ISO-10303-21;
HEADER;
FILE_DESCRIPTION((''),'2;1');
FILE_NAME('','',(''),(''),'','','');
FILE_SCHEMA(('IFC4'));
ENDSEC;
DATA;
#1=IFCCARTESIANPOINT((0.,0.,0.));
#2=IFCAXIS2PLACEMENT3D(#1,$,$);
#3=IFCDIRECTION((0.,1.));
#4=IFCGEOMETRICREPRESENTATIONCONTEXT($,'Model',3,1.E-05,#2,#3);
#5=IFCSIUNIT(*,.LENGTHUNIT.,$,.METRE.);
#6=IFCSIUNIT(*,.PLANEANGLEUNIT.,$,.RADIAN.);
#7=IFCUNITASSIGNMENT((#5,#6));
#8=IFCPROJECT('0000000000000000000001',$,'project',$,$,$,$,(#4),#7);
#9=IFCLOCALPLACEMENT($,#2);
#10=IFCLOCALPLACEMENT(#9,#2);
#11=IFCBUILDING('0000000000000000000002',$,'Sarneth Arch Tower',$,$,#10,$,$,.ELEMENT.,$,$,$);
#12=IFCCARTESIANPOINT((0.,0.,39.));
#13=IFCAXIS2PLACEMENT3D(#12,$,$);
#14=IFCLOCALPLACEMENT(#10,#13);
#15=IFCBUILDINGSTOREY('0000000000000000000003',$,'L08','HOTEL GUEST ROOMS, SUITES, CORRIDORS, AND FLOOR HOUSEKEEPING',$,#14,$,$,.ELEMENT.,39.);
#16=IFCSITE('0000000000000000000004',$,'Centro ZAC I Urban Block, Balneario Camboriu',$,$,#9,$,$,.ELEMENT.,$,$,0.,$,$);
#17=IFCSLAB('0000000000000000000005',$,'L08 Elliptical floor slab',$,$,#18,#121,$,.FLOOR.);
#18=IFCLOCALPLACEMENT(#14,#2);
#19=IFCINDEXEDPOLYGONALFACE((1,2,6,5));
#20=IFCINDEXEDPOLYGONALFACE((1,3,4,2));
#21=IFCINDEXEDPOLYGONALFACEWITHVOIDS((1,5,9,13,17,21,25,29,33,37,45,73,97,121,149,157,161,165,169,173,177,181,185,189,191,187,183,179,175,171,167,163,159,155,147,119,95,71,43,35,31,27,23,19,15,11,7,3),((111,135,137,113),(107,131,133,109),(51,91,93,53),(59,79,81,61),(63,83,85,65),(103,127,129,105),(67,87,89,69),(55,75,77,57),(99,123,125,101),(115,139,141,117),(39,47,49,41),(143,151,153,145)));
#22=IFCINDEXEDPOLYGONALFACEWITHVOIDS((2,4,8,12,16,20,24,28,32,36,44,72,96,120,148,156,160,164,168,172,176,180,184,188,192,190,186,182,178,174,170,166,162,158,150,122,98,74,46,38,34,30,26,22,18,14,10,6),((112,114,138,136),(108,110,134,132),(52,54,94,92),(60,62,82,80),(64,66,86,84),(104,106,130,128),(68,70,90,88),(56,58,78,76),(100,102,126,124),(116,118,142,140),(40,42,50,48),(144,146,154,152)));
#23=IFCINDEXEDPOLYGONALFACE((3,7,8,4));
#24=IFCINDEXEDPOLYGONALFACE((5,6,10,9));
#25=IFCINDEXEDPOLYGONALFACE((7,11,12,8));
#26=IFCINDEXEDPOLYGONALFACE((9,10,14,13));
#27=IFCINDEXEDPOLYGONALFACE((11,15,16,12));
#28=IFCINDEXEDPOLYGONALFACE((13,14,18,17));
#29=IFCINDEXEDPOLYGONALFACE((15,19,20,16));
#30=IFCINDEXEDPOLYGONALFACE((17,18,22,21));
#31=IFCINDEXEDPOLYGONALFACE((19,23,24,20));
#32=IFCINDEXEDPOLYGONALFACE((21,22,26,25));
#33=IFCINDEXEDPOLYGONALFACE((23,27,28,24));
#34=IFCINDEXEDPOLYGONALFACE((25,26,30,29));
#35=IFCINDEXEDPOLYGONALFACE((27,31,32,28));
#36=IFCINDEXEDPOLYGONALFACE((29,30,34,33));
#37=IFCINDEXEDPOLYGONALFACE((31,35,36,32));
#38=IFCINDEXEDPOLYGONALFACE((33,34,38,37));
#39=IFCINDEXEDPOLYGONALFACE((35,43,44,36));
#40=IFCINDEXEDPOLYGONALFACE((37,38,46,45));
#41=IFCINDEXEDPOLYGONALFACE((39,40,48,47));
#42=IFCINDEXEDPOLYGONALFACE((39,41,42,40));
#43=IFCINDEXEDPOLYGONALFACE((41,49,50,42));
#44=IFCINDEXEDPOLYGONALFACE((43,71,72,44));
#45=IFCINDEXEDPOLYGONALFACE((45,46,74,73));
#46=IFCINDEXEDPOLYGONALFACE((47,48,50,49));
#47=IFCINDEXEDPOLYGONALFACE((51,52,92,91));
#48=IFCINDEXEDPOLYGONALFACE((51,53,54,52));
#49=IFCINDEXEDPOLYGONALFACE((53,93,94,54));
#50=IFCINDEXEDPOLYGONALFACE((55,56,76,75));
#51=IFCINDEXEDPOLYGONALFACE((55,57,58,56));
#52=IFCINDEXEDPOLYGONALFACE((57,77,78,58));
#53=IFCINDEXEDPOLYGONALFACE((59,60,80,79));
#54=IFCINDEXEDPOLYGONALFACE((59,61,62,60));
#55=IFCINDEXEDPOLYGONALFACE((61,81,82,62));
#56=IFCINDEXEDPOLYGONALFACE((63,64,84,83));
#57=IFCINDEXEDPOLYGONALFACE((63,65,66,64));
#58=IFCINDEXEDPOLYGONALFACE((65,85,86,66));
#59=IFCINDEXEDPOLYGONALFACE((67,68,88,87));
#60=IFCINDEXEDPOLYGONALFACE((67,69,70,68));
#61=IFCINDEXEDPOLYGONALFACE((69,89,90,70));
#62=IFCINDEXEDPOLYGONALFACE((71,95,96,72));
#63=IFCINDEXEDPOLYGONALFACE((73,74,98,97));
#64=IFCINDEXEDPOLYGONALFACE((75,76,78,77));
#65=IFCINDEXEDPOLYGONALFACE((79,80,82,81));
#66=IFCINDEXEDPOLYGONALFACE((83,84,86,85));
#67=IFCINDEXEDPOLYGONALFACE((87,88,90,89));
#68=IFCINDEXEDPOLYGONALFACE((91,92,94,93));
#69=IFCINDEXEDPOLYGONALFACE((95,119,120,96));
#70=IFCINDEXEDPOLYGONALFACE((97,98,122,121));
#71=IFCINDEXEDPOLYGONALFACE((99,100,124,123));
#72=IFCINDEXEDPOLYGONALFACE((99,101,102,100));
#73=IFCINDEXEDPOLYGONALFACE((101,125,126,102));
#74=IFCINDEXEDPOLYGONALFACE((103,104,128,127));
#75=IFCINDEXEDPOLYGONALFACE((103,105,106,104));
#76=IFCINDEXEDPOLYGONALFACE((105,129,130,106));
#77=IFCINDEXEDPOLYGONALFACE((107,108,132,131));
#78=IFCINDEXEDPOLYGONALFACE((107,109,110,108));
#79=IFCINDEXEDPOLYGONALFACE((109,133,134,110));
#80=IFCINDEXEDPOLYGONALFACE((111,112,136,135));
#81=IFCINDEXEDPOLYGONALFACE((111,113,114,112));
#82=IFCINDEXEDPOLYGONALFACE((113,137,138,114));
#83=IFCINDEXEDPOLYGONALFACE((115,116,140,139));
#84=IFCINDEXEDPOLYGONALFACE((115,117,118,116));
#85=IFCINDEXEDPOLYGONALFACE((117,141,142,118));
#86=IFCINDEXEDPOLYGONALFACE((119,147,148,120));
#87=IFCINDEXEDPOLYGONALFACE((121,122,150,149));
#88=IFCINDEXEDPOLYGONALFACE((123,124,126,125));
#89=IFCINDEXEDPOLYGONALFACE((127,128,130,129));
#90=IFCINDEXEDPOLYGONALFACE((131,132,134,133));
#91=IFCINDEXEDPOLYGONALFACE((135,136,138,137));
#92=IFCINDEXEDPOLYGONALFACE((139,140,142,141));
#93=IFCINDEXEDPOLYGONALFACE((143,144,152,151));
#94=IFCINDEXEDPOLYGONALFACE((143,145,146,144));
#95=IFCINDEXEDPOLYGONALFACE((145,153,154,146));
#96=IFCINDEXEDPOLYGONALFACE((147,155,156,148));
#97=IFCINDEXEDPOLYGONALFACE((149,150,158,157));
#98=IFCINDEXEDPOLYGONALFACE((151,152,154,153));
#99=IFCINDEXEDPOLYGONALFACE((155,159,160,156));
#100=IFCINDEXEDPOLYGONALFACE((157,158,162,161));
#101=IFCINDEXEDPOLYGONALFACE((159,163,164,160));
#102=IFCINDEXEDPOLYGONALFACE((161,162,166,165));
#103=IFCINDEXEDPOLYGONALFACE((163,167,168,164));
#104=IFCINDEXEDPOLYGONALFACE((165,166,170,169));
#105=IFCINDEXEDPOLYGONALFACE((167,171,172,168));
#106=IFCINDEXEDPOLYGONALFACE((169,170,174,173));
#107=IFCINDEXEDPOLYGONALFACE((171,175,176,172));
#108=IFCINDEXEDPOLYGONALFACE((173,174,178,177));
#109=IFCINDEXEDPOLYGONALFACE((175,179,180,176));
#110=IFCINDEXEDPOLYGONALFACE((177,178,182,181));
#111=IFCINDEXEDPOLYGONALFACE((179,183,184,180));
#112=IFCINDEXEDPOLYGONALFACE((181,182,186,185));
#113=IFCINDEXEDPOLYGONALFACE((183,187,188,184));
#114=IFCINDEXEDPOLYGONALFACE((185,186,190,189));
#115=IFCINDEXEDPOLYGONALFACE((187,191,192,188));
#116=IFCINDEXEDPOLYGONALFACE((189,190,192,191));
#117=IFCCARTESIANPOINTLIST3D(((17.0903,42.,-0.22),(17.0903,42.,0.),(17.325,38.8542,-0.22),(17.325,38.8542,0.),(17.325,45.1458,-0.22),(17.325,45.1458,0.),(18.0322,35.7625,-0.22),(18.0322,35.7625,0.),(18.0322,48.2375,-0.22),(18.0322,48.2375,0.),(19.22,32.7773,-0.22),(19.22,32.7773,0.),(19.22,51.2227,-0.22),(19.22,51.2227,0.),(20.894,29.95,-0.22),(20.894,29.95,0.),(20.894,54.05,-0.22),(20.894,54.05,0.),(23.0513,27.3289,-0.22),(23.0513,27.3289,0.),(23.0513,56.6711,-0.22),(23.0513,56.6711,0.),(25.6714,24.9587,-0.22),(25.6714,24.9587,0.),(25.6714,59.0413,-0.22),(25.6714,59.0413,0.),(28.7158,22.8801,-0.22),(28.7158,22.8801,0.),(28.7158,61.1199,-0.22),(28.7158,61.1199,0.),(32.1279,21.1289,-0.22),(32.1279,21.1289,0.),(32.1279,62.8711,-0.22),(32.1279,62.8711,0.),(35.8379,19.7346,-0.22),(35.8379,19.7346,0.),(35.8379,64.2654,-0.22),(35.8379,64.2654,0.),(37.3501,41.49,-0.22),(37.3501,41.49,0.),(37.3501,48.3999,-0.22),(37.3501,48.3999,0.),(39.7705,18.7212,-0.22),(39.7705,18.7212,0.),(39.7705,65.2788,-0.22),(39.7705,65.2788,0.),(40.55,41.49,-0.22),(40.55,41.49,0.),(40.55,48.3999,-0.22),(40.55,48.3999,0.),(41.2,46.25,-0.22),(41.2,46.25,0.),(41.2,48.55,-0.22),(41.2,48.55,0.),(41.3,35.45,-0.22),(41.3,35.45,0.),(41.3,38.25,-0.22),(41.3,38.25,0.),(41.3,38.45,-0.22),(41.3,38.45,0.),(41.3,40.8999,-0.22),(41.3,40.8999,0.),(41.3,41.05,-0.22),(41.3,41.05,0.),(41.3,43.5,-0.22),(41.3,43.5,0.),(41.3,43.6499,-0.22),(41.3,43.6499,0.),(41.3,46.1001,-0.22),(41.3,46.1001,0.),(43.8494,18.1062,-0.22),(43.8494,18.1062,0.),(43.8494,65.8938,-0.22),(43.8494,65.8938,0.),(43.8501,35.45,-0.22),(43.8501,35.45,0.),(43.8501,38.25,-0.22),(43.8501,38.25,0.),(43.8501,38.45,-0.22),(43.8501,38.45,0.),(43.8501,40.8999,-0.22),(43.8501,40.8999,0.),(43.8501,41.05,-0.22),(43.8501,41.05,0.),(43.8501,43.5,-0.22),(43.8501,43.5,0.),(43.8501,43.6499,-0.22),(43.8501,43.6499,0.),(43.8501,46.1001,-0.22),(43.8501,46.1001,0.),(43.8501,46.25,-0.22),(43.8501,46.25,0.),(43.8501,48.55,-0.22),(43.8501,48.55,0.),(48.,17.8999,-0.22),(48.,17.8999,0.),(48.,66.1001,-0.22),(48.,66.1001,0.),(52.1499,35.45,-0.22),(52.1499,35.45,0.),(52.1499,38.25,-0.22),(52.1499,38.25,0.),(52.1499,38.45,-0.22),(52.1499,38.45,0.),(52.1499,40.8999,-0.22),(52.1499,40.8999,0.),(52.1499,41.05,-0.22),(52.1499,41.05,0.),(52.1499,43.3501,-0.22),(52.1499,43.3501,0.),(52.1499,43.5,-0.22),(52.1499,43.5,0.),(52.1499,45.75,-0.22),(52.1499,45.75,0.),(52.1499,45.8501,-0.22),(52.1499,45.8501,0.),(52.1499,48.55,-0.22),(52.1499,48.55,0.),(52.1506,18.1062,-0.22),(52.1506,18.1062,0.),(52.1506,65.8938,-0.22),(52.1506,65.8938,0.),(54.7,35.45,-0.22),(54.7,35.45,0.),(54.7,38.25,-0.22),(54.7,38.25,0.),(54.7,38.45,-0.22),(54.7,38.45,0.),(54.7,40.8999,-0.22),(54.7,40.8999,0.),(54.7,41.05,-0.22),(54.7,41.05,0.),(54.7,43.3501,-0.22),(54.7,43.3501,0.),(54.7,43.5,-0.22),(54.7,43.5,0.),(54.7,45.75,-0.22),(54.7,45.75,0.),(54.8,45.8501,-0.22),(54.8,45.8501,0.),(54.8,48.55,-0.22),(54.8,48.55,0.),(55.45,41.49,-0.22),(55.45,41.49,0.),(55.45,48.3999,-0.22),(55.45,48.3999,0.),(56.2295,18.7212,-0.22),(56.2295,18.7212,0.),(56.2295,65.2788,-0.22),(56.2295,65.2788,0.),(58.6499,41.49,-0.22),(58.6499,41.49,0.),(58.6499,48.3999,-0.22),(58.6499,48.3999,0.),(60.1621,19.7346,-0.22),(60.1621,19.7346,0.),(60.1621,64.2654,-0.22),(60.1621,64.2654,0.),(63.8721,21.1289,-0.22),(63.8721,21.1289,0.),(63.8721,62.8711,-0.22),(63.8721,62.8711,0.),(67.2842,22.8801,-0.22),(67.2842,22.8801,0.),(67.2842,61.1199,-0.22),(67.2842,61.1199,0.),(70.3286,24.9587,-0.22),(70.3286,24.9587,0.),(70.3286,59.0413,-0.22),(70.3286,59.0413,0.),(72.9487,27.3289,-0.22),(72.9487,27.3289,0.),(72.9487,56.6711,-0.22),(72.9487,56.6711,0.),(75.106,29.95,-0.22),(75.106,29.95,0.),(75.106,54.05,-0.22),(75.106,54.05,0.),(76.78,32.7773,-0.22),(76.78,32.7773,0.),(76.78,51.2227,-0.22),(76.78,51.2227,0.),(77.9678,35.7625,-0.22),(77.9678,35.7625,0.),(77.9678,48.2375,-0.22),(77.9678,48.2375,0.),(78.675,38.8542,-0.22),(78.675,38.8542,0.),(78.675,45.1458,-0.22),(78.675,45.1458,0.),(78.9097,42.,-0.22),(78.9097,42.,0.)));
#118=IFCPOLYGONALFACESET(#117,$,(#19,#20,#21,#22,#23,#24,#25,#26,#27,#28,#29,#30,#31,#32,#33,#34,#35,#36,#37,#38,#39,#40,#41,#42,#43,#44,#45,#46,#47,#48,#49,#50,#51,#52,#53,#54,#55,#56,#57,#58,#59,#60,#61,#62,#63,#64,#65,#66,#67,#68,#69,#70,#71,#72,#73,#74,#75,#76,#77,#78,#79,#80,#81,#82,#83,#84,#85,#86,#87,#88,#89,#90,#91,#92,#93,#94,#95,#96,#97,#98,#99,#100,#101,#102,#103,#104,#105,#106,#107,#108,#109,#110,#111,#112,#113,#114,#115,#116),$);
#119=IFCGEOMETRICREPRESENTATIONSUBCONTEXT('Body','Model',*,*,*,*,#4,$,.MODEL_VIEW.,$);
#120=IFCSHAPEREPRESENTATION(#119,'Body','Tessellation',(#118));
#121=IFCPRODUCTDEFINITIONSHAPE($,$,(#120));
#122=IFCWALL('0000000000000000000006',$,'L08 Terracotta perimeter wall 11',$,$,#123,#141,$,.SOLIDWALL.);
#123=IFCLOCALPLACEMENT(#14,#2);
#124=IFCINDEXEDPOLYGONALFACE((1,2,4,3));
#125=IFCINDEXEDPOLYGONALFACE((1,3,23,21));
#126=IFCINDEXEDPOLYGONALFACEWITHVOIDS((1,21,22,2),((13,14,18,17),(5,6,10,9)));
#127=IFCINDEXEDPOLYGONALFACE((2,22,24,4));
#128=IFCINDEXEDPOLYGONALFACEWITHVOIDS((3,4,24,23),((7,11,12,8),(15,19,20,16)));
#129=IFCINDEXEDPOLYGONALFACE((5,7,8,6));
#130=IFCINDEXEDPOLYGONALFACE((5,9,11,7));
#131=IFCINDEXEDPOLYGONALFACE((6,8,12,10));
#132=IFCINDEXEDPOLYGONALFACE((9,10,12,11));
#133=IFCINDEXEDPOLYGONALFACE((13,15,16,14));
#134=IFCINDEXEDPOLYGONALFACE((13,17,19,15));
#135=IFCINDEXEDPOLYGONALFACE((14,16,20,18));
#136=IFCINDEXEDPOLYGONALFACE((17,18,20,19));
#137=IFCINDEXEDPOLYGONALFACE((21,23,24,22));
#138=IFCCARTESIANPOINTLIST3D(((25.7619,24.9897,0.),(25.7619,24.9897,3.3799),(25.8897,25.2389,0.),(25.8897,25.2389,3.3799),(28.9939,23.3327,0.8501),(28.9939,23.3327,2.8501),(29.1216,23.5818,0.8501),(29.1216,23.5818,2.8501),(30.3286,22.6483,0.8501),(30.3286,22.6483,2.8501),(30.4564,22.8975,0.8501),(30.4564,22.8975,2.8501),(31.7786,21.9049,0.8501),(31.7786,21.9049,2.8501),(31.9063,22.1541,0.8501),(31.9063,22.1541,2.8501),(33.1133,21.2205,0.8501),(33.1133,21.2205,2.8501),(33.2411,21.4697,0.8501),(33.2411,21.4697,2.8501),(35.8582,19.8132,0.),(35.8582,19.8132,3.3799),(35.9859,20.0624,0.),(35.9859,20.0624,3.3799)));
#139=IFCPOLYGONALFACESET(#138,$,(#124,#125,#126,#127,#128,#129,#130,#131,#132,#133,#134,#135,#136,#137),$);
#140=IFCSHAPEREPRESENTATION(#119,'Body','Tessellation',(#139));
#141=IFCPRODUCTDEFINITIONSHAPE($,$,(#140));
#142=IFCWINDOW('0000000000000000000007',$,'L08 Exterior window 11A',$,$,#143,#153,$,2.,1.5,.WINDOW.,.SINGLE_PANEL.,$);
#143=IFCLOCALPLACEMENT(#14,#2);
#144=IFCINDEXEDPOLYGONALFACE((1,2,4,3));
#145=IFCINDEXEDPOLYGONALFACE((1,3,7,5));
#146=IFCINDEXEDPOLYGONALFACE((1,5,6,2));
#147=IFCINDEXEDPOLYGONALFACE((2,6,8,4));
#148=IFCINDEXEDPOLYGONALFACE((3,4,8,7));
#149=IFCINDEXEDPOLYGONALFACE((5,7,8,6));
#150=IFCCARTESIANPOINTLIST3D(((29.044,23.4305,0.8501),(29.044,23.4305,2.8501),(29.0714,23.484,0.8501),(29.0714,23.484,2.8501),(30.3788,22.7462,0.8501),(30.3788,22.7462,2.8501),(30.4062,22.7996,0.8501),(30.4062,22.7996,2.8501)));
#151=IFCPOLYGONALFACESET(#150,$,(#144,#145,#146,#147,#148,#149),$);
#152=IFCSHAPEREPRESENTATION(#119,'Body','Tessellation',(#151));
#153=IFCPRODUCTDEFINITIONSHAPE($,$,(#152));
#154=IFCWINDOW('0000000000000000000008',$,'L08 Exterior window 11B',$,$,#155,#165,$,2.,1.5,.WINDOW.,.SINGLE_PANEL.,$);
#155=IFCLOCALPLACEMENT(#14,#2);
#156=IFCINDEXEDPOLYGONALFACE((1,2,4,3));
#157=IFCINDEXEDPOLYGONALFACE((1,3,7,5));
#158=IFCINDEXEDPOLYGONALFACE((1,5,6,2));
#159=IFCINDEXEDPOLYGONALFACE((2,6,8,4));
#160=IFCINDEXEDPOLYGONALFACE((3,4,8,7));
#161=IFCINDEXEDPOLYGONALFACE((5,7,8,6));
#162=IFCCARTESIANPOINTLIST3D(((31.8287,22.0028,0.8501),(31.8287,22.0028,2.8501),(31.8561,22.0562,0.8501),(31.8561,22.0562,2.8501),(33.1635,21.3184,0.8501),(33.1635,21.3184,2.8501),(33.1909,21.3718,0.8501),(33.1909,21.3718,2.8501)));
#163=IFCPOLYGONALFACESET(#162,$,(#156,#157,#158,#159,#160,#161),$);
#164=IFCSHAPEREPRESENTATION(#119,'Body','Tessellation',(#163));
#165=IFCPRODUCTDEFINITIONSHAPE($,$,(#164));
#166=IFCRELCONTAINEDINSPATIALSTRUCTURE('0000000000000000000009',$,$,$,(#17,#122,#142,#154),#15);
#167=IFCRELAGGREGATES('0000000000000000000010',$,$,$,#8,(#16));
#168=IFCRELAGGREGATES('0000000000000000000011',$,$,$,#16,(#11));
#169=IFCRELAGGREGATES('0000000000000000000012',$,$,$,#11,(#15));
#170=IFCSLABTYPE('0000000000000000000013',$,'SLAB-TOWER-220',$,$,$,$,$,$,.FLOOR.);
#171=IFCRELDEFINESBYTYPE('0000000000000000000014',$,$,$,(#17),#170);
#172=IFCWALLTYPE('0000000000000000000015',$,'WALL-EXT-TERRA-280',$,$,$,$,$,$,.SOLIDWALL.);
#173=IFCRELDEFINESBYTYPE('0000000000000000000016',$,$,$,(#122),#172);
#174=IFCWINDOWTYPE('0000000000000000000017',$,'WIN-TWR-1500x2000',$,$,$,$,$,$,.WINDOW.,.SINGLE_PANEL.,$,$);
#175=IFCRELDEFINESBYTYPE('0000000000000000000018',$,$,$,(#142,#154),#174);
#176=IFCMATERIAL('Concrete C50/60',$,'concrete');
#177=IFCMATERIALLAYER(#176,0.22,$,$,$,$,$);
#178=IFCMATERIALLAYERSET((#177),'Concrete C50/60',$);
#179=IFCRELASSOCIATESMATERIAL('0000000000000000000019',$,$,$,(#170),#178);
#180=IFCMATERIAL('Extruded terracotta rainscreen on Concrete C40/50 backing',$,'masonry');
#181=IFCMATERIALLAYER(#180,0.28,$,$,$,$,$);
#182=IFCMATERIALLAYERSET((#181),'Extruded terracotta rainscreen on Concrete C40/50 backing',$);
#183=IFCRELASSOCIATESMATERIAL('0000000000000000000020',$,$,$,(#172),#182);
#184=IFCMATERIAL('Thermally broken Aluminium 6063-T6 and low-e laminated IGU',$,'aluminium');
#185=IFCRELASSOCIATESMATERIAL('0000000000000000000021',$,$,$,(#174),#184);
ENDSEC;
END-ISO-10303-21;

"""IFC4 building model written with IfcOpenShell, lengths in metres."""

from ifc_helpers import new_model, si_unit, direction, frame, frame_2d, origin, place, context, subcontext, project, spatial, polyline, rectangle, outline, extrude, material, layer, layer_set, type_object, element, fill, save


model = new_model("IFC4")

# Units and contexts
model_context = context("Model", 3, precision=1e-05, world=origin(), true_north=direction((0.0, 1.0)))
body_context = subcontext(model_context, "Body", "Model", "MODEL_VIEW")
ifc_project = project(units=[si_unit("LENGTHUNIT", "METRE"), si_unit("PLANEANGLEUNIT", "RADIAN")], contexts=[model_context])

# Site, building, storey
site_placement = place(None, origin())
site = spatial("IfcSite", under=ifc_project, at=site_placement, Name="Centro ZAC I Urban Block, Balneario Camboriu", CompositionType="ELEMENT", RefElevation=0.0)
building_placement = place(site_placement, origin())
building = spatial("IfcBuilding", under=site, at=building_placement, Name="Sarneth Arch Tower", CompositionType="ELEMENT")
storey_placement = place(building_placement, frame((0.0, 0.0, 39.0)))
storey = spatial("IfcBuildingStorey", under=building, at=storey_placement, Name="L08", Description="HOTEL GUEST ROOMS, SUITES, CORRIDORS, AND FLOOR HOUSEKEEPING", CompositionType="ELEMENT", Elevation=39.0)

# Slab
ifc_material_1 = material(Name="Concrete C50/60", Category="concrete")
ifc_layer_1 = layer(ifc_material_1, 0.22)
ifc_layer_set_1 = layer_set([ifc_layer_1], Name="Concrete C50/60")
slab_type_1 = type_object("IfcSlabType", Name="SLAB-TOWER-220", PredefinedType="FLOOR", material=ifc_layer_set_1)
slab_1_placement = place(storey_placement, frame((0.0, 0.0, -0.22)))
element("IfcSlab", 1, at=slab_1_placement, inside=storey, type_object=slab_type_1, Name="L08 Elliptical floor slab", PredefinedType="FLOOR", context=body_context, shape_type="SweptSolid", body=[
    extrude(outline(polyline([(78.9097, 42.0), (78.675, 45.1458), (77.9678, 48.2375), (76.78, 51.2227), (75.106, 54.05), (72.9487, 56.6711), (70.3286, 59.0413), (67.2842, 61.1199), (63.8721, 62.8711), (60.1621, 64.2654), (56.2295, 65.2788), (52.1506, 65.8938), (48.0, 66.1001), (43.8494, 65.8938), (39.7705, 65.2788), (35.8379, 64.2654), (32.1279, 62.8711), (28.7158, 61.1199), (25.6714, 59.0413), (23.0513, 56.6711), (20.894, 54.05), (19.22, 51.2227), (18.0322, 48.2375), (17.325, 45.1458), (17.0903, 42.0), (17.325, 38.8542), (18.0322, 35.7625), (19.22, 32.7773), (20.894, 29.95), (23.0513, 27.3289), (25.6714, 24.9587), (28.7158, 22.8801), (32.1279, 21.1289), (35.8379, 19.7346), (39.7705, 18.7212), (43.8494, 18.1062), (48.0, 17.8999), (52.1506, 18.1062), (56.2295, 18.7212), (60.1621, 19.7346), (63.8721, 21.1289), (67.2842, 22.8801), (70.3286, 24.9587), (72.9487, 27.3289), (75.106, 29.95), (76.78, 32.7773), (77.9678, 35.7625), (78.675, 38.8542), (78.9097, 42.0)]), holes=[polyline([(37.3501, 41.49), (40.55, 41.49), (40.55, 48.3999), (37.3501, 48.3999), (37.3501, 41.49)]), polyline([(55.45, 41.49), (58.6499, 41.49), (58.6499, 48.3999), (55.45, 48.3999), (55.45, 41.49)]), polyline([(41.2, 46.25), (43.8501, 46.25), (43.8501, 48.55), (41.2, 48.55), (41.2, 46.25)]), polyline([(41.3, 35.45), (43.8501, 35.45), (43.8501, 38.25), (41.3, 38.25), (41.3, 35.45)]), polyline([(52.1499, 35.45), (54.7, 35.45), (54.7, 38.25), (52.1499, 38.25), (52.1499, 35.45)]), polyline([(52.1499, 45.8501), (54.8, 45.8501), (54.8, 48.55), (52.1499, 48.55), (52.1499, 45.8501)]), polyline([(41.3, 38.45), (43.8501, 38.45), (43.8501, 40.8999), (41.3, 40.8999), (41.3, 38.45)]), polyline([(41.3, 41.05), (43.8501, 41.05), (43.8501, 43.5), (41.3, 43.5), (41.3, 41.05)]), polyline([(41.3, 43.6499), (43.8501, 43.6499), (43.8501, 46.1001), (41.3, 46.1001), (41.3, 43.6499)]), polyline([(52.1499, 38.45), (54.7, 38.45), (54.7, 40.8999), (52.1499, 40.8999), (52.1499, 38.45)]), polyline([(52.1499, 41.05), (54.7, 41.05), (54.7, 43.3501), (52.1499, 43.3501), (52.1499, 41.05)]), polyline([(52.1499, 43.5), (54.7, 43.5), (54.7, 45.75), (52.1499, 45.75), (52.1499, 43.5)])]), origin(), (0.0, 0.0, 1.0), 0.22),
])

# Wall, openings, windows
ifc_material_2 = material(Name="Extruded terracotta rainscreen on Concrete C40/50 backing", Category="masonry")
ifc_layer_2 = layer(ifc_material_2, 0.28)
ifc_layer_set_2 = layer_set([ifc_layer_2], Name="Extruded terracotta rainscreen on Concrete C40/50 backing")
wall_type_1 = type_object("IfcWallType", Name="WALL-EXT-TERRA-280", PredefinedType="SOLIDWALL", material=ifc_layer_set_2)
wall_1_placement = place(storey_placement, frame((25.8259, 25.1143, 0.0), z_axis=(0.0, 0.0, 1.0), x_axis=(0.889854, -0.456245, 0.0)))
wall_1 = element("IfcWall", 2, at=wall_1_placement, inside=storey, type_object=wall_type_1, Name="L08 Terracotta perimeter wall 11", PredefinedType="SOLIDWALL", context=body_context, shape_type="SweptSolid", body=[
    extrude(rectangle(XDim=11.3459, YDim=0.28, at=frame_2d((5.6729, 0.0))), origin(), (0.0, 0.0, 1.0), 3.3799),
])
opening_1_placement = place(wall_1_placement, frame((3.6318, 0.0, 0.8501)))
opening_1 = element("IfcOpeningElement", 3, at=opening_1_placement, cuts=wall_1, PredefinedType="OPENING", context=body_context, shape_type="SweptSolid", body=[
    extrude(rectangle(XDim=1.5, YDim=2.0, at=frame_2d((0.75, 1.0))), frame((0.0, 0.1499, 0.0), z_axis=(0.0, -1.0, 0.0), x_axis=(1.0, 0.0, 0.0)), (0.0, 0.0, 1.0), 0.3),
])
opening_2_placement = place(wall_1_placement, frame((6.7612, 0.0, 0.8501)))
opening_2 = element("IfcOpeningElement", 4, at=opening_2_placement, cuts=wall_1, PredefinedType="OPENING", context=body_context, shape_type="SweptSolid", body=[
    extrude(rectangle(XDim=1.5, YDim=2.0, at=frame_2d((0.75, 1.0))), frame((0.0, 0.1499, 0.0), z_axis=(0.0, -1.0, 0.0), x_axis=(1.0, 0.0, 0.0)), (0.0, 0.0, 1.0), 0.3),
])
ifc_material_3 = material(Name="Thermally broken Aluminium 6063-T6 and low-e laminated IGU", Category="aluminium")
window_type = type_object("IfcWindowType", Name="WIN-TWR-1500x2000", PartitioningType="SINGLE_PANEL", PredefinedType="WINDOW", material=ifc_material_3)
window_1_placement = place(opening_1_placement, origin())
window_1 = element("IfcWindow", 5, at=window_1_placement, inside=storey, type_object=window_type, Name="L08 Exterior window 11A", OverallHeight=2.0, OverallWidth=1.5, PartitioningType="SINGLE_PANEL", PredefinedType="WINDOW", context=body_context, shape_type="SweptSolid", body=[
    extrude(rectangle(XDim=1.5, YDim=2.0, at=frame_2d((0.75, 1.0))), frame((0.0, 0.03, 0.0), z_axis=(0.0, -1.0, 0.0), x_axis=(1.0, 0.0, 0.0)), (0.0, 0.0, 1.0), 0.0601),
])
fill(opening_1, window_1)
window_2_placement = place(opening_2_placement, origin())
window_2 = element("IfcWindow", 6, at=window_2_placement, inside=storey, type_object=window_type, Name="L08 Exterior window 11B", OverallHeight=2.0, OverallWidth=1.5, PartitioningType="SINGLE_PANEL", PredefinedType="WINDOW", context=body_context, shape_type="SweptSolid", body=[
    extrude(rectangle(XDim=1.5, YDim=2.0, at=frame_2d((0.75, 1.0))), frame((0.0, 0.03, 0.0), z_axis=(0.0, -1.0, 0.0), x_axis=(1.0, 0.0, 0.0)), (0.0, 0.0, 1.0), 0.0601),
])
fill(opening_2, window_2)

save(model, "model.ifc")
